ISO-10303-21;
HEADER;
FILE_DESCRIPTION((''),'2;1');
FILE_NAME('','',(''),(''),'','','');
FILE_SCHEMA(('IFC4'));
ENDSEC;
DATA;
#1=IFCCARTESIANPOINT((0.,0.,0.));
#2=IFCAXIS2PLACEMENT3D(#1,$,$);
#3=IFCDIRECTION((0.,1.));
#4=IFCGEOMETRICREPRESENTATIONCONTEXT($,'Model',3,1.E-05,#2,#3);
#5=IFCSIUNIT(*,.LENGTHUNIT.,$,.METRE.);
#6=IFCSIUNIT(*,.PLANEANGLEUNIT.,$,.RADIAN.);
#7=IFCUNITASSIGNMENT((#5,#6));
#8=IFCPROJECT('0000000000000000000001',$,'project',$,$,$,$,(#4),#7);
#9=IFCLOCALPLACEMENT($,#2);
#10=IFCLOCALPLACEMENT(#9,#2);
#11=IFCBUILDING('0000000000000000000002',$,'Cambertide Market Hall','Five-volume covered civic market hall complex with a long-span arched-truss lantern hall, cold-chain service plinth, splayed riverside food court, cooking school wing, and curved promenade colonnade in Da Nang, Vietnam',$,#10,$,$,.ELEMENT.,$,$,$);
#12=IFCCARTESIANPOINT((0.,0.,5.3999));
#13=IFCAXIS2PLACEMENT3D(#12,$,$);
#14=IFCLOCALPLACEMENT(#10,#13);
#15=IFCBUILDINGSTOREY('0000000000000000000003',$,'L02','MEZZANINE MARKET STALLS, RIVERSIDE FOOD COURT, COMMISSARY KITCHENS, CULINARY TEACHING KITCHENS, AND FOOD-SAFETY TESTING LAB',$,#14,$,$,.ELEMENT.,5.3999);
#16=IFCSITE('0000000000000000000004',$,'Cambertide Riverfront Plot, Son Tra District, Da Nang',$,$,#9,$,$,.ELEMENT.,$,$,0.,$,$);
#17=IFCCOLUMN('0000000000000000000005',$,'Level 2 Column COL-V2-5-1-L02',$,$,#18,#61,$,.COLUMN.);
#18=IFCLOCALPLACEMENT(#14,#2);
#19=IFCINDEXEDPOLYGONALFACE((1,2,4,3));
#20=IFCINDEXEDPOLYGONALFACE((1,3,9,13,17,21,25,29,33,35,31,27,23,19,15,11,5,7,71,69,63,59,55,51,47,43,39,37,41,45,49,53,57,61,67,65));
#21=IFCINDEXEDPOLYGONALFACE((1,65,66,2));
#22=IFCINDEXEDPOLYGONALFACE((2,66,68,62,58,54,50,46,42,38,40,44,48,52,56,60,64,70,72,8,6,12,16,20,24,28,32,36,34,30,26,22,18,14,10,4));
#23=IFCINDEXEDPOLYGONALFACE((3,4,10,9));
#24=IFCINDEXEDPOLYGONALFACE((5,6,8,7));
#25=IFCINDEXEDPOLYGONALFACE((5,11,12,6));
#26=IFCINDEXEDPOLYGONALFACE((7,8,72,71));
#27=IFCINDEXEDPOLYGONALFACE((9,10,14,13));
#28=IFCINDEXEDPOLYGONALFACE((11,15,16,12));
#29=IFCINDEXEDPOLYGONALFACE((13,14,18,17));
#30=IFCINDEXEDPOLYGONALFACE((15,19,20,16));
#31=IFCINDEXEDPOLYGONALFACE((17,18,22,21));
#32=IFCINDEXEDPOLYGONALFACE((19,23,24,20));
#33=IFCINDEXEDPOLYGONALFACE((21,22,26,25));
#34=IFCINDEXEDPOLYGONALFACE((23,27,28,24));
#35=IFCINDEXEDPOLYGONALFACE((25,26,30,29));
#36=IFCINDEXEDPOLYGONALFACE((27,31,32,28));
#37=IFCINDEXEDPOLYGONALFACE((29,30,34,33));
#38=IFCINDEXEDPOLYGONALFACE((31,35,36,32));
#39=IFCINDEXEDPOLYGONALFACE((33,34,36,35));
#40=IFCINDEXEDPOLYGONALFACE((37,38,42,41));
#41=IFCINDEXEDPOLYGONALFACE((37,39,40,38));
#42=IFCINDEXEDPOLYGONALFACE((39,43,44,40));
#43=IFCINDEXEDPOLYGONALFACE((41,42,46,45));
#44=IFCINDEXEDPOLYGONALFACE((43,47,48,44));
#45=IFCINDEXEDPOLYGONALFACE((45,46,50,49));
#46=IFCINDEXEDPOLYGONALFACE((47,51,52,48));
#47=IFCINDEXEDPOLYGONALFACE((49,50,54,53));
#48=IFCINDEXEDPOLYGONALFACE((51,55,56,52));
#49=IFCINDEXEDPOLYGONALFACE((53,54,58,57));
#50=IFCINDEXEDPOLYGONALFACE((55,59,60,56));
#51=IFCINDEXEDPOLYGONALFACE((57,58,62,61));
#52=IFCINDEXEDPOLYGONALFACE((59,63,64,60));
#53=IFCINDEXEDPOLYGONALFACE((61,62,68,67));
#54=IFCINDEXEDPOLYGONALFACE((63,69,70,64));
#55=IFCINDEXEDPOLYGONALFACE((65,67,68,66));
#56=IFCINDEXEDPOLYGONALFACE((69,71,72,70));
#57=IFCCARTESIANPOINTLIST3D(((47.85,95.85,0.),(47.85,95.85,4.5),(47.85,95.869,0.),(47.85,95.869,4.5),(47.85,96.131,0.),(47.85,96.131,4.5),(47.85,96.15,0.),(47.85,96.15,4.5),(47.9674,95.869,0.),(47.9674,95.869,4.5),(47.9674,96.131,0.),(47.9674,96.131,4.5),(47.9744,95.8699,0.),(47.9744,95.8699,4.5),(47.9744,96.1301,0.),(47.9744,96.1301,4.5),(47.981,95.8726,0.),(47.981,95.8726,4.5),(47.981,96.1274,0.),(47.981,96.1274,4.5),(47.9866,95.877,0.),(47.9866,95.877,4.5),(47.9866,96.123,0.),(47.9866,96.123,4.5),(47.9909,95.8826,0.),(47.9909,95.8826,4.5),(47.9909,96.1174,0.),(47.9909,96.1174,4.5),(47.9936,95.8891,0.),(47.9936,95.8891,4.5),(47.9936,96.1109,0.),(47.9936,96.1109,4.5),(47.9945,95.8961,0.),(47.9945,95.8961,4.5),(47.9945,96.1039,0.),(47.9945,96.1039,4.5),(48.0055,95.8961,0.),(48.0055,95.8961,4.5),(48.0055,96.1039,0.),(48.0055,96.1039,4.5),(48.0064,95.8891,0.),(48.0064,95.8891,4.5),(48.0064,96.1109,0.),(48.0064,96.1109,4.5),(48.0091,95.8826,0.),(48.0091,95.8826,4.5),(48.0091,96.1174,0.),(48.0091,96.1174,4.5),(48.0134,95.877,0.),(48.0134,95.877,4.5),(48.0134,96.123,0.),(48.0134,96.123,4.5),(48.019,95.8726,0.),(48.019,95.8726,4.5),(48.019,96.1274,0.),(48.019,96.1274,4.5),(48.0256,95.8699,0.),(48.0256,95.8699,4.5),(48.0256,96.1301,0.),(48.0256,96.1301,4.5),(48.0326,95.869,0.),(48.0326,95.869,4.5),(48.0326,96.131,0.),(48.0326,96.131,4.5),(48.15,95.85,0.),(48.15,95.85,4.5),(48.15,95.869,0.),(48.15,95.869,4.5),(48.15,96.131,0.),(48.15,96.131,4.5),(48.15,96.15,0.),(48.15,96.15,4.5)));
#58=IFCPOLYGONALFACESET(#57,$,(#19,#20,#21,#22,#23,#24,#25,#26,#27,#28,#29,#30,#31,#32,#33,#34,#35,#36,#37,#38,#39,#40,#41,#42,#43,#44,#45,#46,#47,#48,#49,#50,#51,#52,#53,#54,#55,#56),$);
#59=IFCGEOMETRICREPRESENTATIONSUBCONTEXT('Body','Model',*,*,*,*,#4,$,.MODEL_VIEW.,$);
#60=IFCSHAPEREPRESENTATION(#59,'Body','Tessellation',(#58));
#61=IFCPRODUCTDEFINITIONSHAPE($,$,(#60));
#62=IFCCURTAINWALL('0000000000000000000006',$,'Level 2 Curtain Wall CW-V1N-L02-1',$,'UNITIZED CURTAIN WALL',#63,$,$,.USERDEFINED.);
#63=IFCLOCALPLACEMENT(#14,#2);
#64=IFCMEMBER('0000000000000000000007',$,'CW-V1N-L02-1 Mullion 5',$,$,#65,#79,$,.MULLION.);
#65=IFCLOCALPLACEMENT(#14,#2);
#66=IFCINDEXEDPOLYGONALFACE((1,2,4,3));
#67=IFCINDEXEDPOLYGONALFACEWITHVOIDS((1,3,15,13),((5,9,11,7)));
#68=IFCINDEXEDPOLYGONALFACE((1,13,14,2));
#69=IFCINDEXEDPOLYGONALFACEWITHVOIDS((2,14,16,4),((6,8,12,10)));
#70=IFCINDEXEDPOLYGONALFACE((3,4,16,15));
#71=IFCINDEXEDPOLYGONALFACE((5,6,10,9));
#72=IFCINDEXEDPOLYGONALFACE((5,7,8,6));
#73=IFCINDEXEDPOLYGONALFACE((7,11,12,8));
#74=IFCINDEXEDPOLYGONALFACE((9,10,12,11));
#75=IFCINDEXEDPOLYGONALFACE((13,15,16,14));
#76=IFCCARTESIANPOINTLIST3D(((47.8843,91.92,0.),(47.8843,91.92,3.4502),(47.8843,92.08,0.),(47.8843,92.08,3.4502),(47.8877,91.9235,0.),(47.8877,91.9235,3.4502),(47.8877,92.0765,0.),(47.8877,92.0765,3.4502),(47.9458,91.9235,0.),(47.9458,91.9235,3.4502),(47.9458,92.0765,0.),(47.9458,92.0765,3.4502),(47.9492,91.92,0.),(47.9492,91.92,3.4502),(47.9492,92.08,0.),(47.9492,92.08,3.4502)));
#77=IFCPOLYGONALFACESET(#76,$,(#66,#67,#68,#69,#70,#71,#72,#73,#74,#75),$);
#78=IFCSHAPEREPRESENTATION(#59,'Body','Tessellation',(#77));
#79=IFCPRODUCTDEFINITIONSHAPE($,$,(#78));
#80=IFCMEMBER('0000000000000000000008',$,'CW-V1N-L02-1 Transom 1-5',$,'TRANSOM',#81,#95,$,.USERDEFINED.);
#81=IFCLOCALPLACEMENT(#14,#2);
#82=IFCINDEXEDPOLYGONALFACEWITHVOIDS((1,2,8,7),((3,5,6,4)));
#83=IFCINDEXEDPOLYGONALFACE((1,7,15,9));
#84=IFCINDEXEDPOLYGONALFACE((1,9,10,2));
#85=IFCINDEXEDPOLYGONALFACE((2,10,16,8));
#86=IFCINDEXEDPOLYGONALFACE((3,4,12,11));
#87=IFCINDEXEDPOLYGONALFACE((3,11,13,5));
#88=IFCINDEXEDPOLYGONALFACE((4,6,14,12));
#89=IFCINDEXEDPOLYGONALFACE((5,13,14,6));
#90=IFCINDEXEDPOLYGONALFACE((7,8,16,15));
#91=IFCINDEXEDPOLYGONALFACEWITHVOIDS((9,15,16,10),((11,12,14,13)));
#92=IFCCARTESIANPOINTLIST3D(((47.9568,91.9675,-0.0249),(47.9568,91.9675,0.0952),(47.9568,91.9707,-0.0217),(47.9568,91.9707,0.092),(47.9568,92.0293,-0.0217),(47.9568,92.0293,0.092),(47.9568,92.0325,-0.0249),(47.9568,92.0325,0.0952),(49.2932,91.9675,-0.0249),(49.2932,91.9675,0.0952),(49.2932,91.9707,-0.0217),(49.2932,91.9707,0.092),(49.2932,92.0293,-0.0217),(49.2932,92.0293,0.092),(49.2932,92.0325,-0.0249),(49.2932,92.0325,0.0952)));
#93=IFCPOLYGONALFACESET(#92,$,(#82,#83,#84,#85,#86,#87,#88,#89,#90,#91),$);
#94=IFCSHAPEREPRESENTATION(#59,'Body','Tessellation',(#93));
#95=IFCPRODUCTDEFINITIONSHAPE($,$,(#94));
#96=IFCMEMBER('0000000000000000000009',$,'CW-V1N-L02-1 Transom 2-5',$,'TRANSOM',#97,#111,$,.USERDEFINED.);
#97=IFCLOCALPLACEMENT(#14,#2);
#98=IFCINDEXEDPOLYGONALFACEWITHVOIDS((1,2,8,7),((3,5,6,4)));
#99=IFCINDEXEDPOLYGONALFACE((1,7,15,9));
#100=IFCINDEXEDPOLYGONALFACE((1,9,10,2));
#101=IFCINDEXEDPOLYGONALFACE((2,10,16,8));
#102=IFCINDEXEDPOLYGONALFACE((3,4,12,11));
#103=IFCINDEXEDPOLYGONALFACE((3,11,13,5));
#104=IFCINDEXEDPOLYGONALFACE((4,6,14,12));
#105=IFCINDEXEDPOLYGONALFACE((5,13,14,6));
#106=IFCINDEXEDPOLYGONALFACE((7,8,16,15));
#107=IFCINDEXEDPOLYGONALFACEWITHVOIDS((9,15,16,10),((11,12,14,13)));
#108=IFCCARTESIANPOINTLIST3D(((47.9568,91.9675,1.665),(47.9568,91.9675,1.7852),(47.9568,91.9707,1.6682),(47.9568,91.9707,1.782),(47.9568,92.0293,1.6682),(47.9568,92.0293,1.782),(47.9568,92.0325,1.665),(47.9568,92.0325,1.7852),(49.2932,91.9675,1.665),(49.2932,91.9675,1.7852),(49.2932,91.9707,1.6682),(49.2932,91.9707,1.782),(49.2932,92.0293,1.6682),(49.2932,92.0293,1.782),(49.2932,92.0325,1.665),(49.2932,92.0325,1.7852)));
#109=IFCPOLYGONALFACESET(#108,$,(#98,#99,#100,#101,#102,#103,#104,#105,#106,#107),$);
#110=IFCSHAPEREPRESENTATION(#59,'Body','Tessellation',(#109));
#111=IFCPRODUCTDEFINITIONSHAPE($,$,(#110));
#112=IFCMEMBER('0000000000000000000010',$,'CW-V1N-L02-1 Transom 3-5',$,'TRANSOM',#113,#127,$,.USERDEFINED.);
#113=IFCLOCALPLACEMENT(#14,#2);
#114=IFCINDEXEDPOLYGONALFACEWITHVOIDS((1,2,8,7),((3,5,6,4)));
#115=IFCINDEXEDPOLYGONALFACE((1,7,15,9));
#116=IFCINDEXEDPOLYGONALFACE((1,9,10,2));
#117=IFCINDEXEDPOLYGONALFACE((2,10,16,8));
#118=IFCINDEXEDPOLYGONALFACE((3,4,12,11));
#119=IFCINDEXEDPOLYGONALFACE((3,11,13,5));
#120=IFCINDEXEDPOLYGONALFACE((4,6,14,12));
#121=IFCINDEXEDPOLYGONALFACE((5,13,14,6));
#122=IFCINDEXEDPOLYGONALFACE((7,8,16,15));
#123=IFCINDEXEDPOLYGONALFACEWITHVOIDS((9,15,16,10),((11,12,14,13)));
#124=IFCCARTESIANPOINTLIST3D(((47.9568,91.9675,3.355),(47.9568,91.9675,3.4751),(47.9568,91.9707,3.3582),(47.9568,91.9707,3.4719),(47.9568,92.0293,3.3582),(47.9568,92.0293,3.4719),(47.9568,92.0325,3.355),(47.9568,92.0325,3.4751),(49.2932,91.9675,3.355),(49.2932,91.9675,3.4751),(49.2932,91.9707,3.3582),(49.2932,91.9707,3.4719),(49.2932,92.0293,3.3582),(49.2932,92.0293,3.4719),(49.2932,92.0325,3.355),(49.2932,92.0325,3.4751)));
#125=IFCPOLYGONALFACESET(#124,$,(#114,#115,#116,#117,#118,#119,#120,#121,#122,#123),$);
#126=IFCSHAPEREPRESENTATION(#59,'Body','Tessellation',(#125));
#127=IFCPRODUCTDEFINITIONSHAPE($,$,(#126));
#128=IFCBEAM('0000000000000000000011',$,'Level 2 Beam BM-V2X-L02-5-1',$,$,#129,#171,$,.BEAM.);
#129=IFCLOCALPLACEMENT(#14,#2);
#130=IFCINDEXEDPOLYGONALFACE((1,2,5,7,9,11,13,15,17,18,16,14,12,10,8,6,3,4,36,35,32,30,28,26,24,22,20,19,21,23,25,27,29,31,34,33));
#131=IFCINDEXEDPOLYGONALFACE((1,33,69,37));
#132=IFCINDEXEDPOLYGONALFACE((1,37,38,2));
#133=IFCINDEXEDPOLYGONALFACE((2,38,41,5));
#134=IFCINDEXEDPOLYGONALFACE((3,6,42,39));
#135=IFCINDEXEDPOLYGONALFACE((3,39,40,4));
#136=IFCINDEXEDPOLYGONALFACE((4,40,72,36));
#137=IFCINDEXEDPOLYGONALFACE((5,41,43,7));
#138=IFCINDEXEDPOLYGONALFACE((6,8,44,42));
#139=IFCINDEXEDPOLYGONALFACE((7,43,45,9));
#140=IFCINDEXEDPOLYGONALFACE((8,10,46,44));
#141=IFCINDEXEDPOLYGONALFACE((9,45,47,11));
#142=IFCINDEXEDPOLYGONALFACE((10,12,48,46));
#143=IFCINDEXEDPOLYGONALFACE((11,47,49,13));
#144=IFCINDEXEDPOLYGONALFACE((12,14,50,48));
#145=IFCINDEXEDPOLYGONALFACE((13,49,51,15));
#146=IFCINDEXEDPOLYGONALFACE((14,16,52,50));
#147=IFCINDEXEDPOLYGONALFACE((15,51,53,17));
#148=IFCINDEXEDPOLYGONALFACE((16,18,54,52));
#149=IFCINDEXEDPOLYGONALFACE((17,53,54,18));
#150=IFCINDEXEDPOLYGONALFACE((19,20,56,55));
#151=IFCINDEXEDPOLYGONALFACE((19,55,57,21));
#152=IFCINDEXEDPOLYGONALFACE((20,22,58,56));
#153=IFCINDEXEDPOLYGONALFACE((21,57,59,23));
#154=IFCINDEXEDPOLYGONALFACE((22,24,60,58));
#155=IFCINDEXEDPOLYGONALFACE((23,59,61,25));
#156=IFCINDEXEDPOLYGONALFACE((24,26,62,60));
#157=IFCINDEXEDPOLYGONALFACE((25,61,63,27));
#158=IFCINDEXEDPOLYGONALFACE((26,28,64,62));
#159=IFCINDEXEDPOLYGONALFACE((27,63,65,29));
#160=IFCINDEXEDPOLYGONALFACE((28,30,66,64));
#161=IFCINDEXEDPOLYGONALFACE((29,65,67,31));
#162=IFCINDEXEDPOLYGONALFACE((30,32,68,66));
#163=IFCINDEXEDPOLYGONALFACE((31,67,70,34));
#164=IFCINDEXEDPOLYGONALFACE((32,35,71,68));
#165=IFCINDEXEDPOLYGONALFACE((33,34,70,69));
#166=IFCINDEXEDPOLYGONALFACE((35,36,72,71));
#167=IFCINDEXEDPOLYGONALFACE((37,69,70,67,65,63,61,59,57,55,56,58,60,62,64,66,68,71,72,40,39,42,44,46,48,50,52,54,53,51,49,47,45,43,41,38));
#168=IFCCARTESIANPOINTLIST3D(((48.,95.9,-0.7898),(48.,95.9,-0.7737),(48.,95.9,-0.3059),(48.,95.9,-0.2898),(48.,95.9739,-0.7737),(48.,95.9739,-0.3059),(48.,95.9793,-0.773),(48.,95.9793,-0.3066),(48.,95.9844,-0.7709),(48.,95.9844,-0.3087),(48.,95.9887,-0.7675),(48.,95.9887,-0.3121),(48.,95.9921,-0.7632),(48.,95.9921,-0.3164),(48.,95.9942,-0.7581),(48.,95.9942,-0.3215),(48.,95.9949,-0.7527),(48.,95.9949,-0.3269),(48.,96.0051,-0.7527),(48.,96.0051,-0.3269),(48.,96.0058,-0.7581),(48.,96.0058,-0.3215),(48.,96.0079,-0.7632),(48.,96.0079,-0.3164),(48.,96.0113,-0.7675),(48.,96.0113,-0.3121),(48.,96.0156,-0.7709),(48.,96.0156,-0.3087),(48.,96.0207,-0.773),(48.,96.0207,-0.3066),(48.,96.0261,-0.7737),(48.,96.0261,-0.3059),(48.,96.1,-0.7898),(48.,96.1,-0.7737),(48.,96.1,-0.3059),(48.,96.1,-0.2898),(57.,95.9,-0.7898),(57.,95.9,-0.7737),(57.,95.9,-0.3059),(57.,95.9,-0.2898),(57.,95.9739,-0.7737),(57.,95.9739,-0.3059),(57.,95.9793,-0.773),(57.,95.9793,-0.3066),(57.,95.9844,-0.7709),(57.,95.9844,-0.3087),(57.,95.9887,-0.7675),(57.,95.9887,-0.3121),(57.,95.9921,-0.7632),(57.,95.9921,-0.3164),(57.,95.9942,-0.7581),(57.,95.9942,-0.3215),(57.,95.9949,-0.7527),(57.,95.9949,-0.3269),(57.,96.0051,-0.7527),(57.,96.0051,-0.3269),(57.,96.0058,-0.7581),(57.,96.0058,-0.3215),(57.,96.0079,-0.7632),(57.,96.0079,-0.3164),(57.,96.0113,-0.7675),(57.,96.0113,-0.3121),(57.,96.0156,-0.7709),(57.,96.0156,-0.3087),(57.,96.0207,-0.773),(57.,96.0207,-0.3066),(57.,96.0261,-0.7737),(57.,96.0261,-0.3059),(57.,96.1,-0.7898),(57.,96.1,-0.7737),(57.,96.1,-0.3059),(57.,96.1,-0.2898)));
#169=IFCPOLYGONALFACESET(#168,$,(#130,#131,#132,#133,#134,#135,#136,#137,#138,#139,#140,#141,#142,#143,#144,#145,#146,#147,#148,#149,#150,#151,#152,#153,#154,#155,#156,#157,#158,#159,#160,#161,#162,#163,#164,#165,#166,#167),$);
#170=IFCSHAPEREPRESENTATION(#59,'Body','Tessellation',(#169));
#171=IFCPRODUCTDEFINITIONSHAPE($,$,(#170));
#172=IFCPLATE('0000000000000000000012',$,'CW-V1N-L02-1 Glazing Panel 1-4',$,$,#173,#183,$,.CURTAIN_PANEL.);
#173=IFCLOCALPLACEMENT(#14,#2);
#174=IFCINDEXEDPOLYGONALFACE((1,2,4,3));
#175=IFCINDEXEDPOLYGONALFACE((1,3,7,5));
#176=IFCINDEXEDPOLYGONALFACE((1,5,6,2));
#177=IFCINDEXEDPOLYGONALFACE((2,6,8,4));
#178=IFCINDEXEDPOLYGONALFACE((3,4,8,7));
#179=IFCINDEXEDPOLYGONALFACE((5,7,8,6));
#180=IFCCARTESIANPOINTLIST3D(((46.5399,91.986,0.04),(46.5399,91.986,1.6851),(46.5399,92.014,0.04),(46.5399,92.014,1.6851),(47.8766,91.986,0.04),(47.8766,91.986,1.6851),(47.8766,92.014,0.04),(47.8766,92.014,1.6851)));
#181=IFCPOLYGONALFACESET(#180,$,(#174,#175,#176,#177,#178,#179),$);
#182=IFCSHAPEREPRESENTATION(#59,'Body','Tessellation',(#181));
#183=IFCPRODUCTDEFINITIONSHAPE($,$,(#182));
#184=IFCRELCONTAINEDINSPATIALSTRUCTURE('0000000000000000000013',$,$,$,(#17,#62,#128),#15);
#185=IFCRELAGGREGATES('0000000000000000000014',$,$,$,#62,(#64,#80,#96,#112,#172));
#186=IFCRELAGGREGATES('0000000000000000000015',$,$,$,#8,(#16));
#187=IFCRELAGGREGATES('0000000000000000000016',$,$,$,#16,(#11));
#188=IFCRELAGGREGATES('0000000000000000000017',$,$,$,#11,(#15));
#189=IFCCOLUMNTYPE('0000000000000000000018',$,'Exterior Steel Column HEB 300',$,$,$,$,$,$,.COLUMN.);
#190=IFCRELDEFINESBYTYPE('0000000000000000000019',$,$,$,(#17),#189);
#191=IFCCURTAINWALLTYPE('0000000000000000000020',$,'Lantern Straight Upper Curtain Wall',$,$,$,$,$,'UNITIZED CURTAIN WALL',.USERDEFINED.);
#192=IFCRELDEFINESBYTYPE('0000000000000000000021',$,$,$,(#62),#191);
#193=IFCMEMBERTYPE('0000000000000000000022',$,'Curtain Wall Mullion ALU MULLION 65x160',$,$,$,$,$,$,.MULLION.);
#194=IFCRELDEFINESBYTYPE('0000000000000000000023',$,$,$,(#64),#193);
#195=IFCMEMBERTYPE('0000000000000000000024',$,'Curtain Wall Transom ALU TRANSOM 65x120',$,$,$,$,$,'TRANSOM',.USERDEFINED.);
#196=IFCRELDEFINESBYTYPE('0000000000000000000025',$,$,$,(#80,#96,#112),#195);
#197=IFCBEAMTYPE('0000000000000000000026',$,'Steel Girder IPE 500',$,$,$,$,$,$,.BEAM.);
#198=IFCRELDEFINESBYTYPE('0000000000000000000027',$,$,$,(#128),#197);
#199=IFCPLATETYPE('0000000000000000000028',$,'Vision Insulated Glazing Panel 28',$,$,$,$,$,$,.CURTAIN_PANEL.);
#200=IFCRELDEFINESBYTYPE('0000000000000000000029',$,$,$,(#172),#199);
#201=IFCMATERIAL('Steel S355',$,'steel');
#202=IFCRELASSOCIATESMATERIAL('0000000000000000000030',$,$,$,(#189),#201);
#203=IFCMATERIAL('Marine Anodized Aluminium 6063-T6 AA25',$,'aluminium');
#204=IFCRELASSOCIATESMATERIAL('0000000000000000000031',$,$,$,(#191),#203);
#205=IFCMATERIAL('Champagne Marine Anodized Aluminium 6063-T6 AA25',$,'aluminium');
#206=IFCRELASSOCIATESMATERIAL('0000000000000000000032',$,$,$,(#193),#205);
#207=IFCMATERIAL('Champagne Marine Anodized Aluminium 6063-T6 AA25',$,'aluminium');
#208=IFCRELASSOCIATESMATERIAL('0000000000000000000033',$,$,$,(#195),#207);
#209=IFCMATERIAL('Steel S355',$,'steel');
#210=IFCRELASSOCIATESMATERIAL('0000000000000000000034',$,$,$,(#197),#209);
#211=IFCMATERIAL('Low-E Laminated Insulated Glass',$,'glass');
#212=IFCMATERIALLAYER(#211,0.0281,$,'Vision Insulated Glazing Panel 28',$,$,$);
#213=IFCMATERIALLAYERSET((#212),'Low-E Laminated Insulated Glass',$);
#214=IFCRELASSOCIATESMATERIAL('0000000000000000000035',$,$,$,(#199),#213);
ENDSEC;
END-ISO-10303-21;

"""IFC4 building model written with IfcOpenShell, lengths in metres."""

from ifc_helpers import new_model, si_unit, direction, frame, origin, origin_2d, place, context, subcontext, project, spatial, rectangle, hollow_rectangle, i_section, extrude, material, layer, layer_set, material_profile, profile_set, type_object, element, aggregate, save


model = new_model("IFC4")

# Units and contexts
model_context = context("Model", 3, precision=1e-05, world=origin(), true_north=direction((0.0, 1.0)))
body_context = subcontext(model_context, "Body", "Model", "MODEL_VIEW")
ifc_project = project(units=[si_unit("LENGTHUNIT", "METRE"), si_unit("PLANEANGLEUNIT", "RADIAN")], contexts=[model_context])

# Site, building, storey
site_placement = place(None, origin())
site = spatial("IfcSite", under=ifc_project, at=site_placement, Name="Cambertide Riverfront Plot, Son Tra District, Da Nang", CompositionType="ELEMENT", RefElevation=0.0)
building_placement = place(site_placement, origin())
building = spatial("IfcBuilding", under=site, at=building_placement, Name="Cambertide Market Hall", Description="Five-volume covered civic market hall complex with a long-span arched-truss lantern hall, cold-chain service plinth, splayed riverside food court, cooking school wing, and curved promenade colonnade in Da Nang, Vietnam", CompositionType="ELEMENT")
storey_placement = place(building_placement, frame((0.0, 0.0, 5.3999)))
storey = spatial("IfcBuildingStorey", under=building, at=storey_placement, Name="L02", Description="MEZZANINE MARKET STALLS, RIVERSIDE FOOD COURT, COMMISSARY KITCHENS, CULINARY TEACHING KITCHENS, AND FOOD-SAFETY TESTING LAB", CompositionType="ELEMENT", Elevation=5.3999)

# Column
ifc_material_1 = material(Name="Steel S355", Category="steel")
ifc_material_profile_1 = material_profile(ifc_material_1, i_section(OverallWidth=0.3, OverallDepth=0.3, WebThickness=0.011, FlangeThickness=0.019, FilletRadius=0.0271, at=origin_2d()), Name="HEB 300")
ifc_profile_set_1 = profile_set([ifc_material_profile_1], Name="Steel S355")
column_type = type_object("IfcColumnType", Name="Exterior Steel Column HEB 300", PredefinedType="COLUMN", material=ifc_profile_set_1)
column_placement = place(storey_placement, frame((48.0, 96.0, 0.0), z_axis=(0.0, 0.0, 1.0), x_axis=(1.0, 0.0, 0.0)))
element("IfcColumn", 1, at=column_placement, inside=storey, type_object=column_type, Name="Level 2 Column COL-V2-5-1-L02", PredefinedType="COLUMN", context=body_context, shape_type="SweptSolid", body=[
    extrude(i_section(OverallWidth=0.3, OverallDepth=0.3, WebThickness=0.011, FlangeThickness=0.019, FilletRadius=0.0271, at=origin_2d()), origin(), (0.0, 0.0, 1.0), 4.5),
])

# Curtain wall, members
ifc_material_2 = material(Name="Marine Anodized Aluminium 6063-T6 AA25", Category="aluminium")
curtain_wall_type = type_object("IfcCurtainWallType", Name="Lantern Straight Upper Curtain Wall", ElementType="UNITIZED CURTAIN WALL", PredefinedType="USERDEFINED", material=ifc_material_2)
curtain_wall_placement = place(storey_placement, origin())
curtain_wall = element("IfcCurtainWall", 2, at=curtain_wall_placement, inside=storey, type_object=curtain_wall_type, Name="Level 2 Curtain Wall CW-V1N-L02-1", ObjectType="UNITIZED CURTAIN WALL", PredefinedType="USERDEFINED")
ifc_material_3 = material(Name="Champagne Marine Anodized Aluminium 6063-T6 AA25", Category="aluminium")
ifc_material_profile_2 = material_profile(ifc_material_3, hollow_rectangle(XDim=0.0649, YDim=0.1599, WallThickness=0.0034, at=origin_2d()), Name="ALU MULLION 65x160")
ifc_profile_set_2 = profile_set([ifc_material_profile_2], Name="Champagne Marine Anodized Aluminium 6063-T6 AA25")
member_type_1 = type_object("IfcMemberType", Name="Curtain Wall Mullion ALU MULLION 65x160", PredefinedType="MULLION", material=ifc_profile_set_2)
member_1_placement = place(storey_placement, frame((47.9167, 92.0, 0.0), z_axis=(0.0, 0.0, 1.0), x_axis=(1.0, 0.0, 0.0)))
member_1 = element("IfcMember", 3, at=member_1_placement, type_object=member_type_1, Name="CW-V1N-L02-1 Mullion 5", PredefinedType="MULLION", context=body_context, shape_type="SweptSolid", body=[
    extrude(hollow_rectangle(XDim=0.0649, YDim=0.1599, WallThickness=0.0034, at=origin_2d()), origin(), (0.0, 0.0, 1.0), 3.4502),
])
ifc_material_4 = material(Name="Champagne Marine Anodized Aluminium 6063-T6 AA25", Category="aluminium")
ifc_material_profile_3 = material_profile(ifc_material_4, hollow_rectangle(XDim=0.0649, YDim=0.1201, WallThickness=0.0032, at=origin_2d()), Name="ALU TRANSOM 65x120")
ifc_profile_set_3 = profile_set([ifc_material_profile_3], Name="Champagne Marine Anodized Aluminium 6063-T6 AA25")
member_type_2 = type_object("IfcMemberType", Name="Curtain Wall Transom ALU TRANSOM 65x120", ElementType="TRANSOM", PredefinedType="USERDEFINED", material=ifc_profile_set_3)
member_2_placement = place(storey_placement, frame((47.9568, 92.0, 0.0352), z_axis=(1.0, 0.0, 0.0), x_axis=(0.0, 1.0, 0.0)))
member_2 = element("IfcMember", 4, at=member_2_placement, type_object=member_type_2, Name="CW-V1N-L02-1 Transom 1-5", ObjectType="TRANSOM", PredefinedType="USERDEFINED", context=body_context, shape_type="SweptSolid", body=[
    extrude(hollow_rectangle(XDim=0.0649, YDim=0.1201, WallThickness=0.0032, at=origin_2d()), origin(), (0.0, 0.0, 1.0), 1.3364),
])
member_3_placement = place(storey_placement, frame((47.9568, 92.0, 1.7251), z_axis=(1.0, 0.0, 0.0), x_axis=(0.0, 1.0, 0.0)))
member_3 = element("IfcMember", 5, at=member_3_placement, type_object=member_type_2, Name="CW-V1N-L02-1 Transom 2-5", ObjectType="TRANSOM", PredefinedType="USERDEFINED", context=body_context, shape_type="SweptSolid", body=[
    extrude(hollow_rectangle(XDim=0.0649, YDim=0.1201, WallThickness=0.0032, at=origin_2d()), origin(), (0.0, 0.0, 1.0), 1.3364),
])
member_4_placement = place(storey_placement, frame((47.9568, 92.0, 3.415), z_axis=(1.0, 0.0, 0.0), x_axis=(0.0, 1.0, 0.0)))
member_4 = element("IfcMember", 6, at=member_4_placement, type_object=member_type_2, Name="CW-V1N-L02-1 Transom 3-5", ObjectType="TRANSOM", PredefinedType="USERDEFINED", context=body_context, shape_type="SweptSolid", body=[
    extrude(hollow_rectangle(XDim=0.0649, YDim=0.1201, WallThickness=0.0032, at=origin_2d()), origin(), (0.0, 0.0, 1.0), 1.3364),
])

# Beam
ifc_material_5 = material(Name="Steel S355", Category="steel")
ifc_material_profile_4 = material_profile(ifc_material_5, i_section(OverallWidth=0.2, OverallDepth=0.5, WebThickness=0.0103, FlangeThickness=0.0161, FilletRadius=0.021, at=origin_2d()), Name="IPE 500")
ifc_profile_set_4 = profile_set([ifc_material_profile_4], Name="Steel S355")
beam_type = type_object("IfcBeamType", Name="Steel Girder IPE 500", PredefinedType="BEAM", material=ifc_profile_set_4)
beam_placement = place(storey_placement, frame((48.0, 96.0, -0.5398), z_axis=(1.0, 0.0, 0.0), x_axis=(0.0, 1.0, 0.0)))
element("IfcBeam", 7, at=beam_placement, inside=storey, type_object=beam_type, Name="Level 2 Beam BM-V2X-L02-5-1", PredefinedType="BEAM", context=body_context, shape_type="SweptSolid", body=[
    extrude(i_section(OverallWidth=0.2, OverallDepth=0.5, WebThickness=0.0103, FlangeThickness=0.0161, FilletRadius=0.021, at=origin_2d()), origin(), (0.0, 0.0, 1.0), 9.0),
])

# Plate
ifc_material_6 = material(Name="Low-E Laminated Insulated Glass", Category="glass")
ifc_layer_1 = layer(ifc_material_6, 0.0281, Name="Vision Insulated Glazing Panel 28")
ifc_layer_set_1 = layer_set([ifc_layer_1], Name="Low-E Laminated Insulated Glass")
plate_type = type_object("IfcPlateType", Name="Vision Insulated Glazing Panel 28", PredefinedType="CURTAIN_PANEL", material=ifc_layer_set_1)
plate_1_placement = place(storey_placement, frame((47.2083, 92.0, 0.04), z_axis=(0.0, 0.0, 1.0), x_axis=(1.0, 0.0, 0.0)))
plate_1 = element("IfcPlate", 8, at=plate_1_placement, type_object=plate_type, Name="CW-V1N-L02-1 Glazing Panel 1-4", PredefinedType="CURTAIN_PANEL", context=body_context, shape_type="SweptSolid", body=[
    extrude(rectangle(XDim=1.3367, YDim=0.0281, at=origin_2d()), origin(), (0.0, 0.0, 1.0), 1.645),
])
aggregate(curtain_wall, [member_1, member_2, member_3, member_4, plate_1])

save(model, "model.ifc")
